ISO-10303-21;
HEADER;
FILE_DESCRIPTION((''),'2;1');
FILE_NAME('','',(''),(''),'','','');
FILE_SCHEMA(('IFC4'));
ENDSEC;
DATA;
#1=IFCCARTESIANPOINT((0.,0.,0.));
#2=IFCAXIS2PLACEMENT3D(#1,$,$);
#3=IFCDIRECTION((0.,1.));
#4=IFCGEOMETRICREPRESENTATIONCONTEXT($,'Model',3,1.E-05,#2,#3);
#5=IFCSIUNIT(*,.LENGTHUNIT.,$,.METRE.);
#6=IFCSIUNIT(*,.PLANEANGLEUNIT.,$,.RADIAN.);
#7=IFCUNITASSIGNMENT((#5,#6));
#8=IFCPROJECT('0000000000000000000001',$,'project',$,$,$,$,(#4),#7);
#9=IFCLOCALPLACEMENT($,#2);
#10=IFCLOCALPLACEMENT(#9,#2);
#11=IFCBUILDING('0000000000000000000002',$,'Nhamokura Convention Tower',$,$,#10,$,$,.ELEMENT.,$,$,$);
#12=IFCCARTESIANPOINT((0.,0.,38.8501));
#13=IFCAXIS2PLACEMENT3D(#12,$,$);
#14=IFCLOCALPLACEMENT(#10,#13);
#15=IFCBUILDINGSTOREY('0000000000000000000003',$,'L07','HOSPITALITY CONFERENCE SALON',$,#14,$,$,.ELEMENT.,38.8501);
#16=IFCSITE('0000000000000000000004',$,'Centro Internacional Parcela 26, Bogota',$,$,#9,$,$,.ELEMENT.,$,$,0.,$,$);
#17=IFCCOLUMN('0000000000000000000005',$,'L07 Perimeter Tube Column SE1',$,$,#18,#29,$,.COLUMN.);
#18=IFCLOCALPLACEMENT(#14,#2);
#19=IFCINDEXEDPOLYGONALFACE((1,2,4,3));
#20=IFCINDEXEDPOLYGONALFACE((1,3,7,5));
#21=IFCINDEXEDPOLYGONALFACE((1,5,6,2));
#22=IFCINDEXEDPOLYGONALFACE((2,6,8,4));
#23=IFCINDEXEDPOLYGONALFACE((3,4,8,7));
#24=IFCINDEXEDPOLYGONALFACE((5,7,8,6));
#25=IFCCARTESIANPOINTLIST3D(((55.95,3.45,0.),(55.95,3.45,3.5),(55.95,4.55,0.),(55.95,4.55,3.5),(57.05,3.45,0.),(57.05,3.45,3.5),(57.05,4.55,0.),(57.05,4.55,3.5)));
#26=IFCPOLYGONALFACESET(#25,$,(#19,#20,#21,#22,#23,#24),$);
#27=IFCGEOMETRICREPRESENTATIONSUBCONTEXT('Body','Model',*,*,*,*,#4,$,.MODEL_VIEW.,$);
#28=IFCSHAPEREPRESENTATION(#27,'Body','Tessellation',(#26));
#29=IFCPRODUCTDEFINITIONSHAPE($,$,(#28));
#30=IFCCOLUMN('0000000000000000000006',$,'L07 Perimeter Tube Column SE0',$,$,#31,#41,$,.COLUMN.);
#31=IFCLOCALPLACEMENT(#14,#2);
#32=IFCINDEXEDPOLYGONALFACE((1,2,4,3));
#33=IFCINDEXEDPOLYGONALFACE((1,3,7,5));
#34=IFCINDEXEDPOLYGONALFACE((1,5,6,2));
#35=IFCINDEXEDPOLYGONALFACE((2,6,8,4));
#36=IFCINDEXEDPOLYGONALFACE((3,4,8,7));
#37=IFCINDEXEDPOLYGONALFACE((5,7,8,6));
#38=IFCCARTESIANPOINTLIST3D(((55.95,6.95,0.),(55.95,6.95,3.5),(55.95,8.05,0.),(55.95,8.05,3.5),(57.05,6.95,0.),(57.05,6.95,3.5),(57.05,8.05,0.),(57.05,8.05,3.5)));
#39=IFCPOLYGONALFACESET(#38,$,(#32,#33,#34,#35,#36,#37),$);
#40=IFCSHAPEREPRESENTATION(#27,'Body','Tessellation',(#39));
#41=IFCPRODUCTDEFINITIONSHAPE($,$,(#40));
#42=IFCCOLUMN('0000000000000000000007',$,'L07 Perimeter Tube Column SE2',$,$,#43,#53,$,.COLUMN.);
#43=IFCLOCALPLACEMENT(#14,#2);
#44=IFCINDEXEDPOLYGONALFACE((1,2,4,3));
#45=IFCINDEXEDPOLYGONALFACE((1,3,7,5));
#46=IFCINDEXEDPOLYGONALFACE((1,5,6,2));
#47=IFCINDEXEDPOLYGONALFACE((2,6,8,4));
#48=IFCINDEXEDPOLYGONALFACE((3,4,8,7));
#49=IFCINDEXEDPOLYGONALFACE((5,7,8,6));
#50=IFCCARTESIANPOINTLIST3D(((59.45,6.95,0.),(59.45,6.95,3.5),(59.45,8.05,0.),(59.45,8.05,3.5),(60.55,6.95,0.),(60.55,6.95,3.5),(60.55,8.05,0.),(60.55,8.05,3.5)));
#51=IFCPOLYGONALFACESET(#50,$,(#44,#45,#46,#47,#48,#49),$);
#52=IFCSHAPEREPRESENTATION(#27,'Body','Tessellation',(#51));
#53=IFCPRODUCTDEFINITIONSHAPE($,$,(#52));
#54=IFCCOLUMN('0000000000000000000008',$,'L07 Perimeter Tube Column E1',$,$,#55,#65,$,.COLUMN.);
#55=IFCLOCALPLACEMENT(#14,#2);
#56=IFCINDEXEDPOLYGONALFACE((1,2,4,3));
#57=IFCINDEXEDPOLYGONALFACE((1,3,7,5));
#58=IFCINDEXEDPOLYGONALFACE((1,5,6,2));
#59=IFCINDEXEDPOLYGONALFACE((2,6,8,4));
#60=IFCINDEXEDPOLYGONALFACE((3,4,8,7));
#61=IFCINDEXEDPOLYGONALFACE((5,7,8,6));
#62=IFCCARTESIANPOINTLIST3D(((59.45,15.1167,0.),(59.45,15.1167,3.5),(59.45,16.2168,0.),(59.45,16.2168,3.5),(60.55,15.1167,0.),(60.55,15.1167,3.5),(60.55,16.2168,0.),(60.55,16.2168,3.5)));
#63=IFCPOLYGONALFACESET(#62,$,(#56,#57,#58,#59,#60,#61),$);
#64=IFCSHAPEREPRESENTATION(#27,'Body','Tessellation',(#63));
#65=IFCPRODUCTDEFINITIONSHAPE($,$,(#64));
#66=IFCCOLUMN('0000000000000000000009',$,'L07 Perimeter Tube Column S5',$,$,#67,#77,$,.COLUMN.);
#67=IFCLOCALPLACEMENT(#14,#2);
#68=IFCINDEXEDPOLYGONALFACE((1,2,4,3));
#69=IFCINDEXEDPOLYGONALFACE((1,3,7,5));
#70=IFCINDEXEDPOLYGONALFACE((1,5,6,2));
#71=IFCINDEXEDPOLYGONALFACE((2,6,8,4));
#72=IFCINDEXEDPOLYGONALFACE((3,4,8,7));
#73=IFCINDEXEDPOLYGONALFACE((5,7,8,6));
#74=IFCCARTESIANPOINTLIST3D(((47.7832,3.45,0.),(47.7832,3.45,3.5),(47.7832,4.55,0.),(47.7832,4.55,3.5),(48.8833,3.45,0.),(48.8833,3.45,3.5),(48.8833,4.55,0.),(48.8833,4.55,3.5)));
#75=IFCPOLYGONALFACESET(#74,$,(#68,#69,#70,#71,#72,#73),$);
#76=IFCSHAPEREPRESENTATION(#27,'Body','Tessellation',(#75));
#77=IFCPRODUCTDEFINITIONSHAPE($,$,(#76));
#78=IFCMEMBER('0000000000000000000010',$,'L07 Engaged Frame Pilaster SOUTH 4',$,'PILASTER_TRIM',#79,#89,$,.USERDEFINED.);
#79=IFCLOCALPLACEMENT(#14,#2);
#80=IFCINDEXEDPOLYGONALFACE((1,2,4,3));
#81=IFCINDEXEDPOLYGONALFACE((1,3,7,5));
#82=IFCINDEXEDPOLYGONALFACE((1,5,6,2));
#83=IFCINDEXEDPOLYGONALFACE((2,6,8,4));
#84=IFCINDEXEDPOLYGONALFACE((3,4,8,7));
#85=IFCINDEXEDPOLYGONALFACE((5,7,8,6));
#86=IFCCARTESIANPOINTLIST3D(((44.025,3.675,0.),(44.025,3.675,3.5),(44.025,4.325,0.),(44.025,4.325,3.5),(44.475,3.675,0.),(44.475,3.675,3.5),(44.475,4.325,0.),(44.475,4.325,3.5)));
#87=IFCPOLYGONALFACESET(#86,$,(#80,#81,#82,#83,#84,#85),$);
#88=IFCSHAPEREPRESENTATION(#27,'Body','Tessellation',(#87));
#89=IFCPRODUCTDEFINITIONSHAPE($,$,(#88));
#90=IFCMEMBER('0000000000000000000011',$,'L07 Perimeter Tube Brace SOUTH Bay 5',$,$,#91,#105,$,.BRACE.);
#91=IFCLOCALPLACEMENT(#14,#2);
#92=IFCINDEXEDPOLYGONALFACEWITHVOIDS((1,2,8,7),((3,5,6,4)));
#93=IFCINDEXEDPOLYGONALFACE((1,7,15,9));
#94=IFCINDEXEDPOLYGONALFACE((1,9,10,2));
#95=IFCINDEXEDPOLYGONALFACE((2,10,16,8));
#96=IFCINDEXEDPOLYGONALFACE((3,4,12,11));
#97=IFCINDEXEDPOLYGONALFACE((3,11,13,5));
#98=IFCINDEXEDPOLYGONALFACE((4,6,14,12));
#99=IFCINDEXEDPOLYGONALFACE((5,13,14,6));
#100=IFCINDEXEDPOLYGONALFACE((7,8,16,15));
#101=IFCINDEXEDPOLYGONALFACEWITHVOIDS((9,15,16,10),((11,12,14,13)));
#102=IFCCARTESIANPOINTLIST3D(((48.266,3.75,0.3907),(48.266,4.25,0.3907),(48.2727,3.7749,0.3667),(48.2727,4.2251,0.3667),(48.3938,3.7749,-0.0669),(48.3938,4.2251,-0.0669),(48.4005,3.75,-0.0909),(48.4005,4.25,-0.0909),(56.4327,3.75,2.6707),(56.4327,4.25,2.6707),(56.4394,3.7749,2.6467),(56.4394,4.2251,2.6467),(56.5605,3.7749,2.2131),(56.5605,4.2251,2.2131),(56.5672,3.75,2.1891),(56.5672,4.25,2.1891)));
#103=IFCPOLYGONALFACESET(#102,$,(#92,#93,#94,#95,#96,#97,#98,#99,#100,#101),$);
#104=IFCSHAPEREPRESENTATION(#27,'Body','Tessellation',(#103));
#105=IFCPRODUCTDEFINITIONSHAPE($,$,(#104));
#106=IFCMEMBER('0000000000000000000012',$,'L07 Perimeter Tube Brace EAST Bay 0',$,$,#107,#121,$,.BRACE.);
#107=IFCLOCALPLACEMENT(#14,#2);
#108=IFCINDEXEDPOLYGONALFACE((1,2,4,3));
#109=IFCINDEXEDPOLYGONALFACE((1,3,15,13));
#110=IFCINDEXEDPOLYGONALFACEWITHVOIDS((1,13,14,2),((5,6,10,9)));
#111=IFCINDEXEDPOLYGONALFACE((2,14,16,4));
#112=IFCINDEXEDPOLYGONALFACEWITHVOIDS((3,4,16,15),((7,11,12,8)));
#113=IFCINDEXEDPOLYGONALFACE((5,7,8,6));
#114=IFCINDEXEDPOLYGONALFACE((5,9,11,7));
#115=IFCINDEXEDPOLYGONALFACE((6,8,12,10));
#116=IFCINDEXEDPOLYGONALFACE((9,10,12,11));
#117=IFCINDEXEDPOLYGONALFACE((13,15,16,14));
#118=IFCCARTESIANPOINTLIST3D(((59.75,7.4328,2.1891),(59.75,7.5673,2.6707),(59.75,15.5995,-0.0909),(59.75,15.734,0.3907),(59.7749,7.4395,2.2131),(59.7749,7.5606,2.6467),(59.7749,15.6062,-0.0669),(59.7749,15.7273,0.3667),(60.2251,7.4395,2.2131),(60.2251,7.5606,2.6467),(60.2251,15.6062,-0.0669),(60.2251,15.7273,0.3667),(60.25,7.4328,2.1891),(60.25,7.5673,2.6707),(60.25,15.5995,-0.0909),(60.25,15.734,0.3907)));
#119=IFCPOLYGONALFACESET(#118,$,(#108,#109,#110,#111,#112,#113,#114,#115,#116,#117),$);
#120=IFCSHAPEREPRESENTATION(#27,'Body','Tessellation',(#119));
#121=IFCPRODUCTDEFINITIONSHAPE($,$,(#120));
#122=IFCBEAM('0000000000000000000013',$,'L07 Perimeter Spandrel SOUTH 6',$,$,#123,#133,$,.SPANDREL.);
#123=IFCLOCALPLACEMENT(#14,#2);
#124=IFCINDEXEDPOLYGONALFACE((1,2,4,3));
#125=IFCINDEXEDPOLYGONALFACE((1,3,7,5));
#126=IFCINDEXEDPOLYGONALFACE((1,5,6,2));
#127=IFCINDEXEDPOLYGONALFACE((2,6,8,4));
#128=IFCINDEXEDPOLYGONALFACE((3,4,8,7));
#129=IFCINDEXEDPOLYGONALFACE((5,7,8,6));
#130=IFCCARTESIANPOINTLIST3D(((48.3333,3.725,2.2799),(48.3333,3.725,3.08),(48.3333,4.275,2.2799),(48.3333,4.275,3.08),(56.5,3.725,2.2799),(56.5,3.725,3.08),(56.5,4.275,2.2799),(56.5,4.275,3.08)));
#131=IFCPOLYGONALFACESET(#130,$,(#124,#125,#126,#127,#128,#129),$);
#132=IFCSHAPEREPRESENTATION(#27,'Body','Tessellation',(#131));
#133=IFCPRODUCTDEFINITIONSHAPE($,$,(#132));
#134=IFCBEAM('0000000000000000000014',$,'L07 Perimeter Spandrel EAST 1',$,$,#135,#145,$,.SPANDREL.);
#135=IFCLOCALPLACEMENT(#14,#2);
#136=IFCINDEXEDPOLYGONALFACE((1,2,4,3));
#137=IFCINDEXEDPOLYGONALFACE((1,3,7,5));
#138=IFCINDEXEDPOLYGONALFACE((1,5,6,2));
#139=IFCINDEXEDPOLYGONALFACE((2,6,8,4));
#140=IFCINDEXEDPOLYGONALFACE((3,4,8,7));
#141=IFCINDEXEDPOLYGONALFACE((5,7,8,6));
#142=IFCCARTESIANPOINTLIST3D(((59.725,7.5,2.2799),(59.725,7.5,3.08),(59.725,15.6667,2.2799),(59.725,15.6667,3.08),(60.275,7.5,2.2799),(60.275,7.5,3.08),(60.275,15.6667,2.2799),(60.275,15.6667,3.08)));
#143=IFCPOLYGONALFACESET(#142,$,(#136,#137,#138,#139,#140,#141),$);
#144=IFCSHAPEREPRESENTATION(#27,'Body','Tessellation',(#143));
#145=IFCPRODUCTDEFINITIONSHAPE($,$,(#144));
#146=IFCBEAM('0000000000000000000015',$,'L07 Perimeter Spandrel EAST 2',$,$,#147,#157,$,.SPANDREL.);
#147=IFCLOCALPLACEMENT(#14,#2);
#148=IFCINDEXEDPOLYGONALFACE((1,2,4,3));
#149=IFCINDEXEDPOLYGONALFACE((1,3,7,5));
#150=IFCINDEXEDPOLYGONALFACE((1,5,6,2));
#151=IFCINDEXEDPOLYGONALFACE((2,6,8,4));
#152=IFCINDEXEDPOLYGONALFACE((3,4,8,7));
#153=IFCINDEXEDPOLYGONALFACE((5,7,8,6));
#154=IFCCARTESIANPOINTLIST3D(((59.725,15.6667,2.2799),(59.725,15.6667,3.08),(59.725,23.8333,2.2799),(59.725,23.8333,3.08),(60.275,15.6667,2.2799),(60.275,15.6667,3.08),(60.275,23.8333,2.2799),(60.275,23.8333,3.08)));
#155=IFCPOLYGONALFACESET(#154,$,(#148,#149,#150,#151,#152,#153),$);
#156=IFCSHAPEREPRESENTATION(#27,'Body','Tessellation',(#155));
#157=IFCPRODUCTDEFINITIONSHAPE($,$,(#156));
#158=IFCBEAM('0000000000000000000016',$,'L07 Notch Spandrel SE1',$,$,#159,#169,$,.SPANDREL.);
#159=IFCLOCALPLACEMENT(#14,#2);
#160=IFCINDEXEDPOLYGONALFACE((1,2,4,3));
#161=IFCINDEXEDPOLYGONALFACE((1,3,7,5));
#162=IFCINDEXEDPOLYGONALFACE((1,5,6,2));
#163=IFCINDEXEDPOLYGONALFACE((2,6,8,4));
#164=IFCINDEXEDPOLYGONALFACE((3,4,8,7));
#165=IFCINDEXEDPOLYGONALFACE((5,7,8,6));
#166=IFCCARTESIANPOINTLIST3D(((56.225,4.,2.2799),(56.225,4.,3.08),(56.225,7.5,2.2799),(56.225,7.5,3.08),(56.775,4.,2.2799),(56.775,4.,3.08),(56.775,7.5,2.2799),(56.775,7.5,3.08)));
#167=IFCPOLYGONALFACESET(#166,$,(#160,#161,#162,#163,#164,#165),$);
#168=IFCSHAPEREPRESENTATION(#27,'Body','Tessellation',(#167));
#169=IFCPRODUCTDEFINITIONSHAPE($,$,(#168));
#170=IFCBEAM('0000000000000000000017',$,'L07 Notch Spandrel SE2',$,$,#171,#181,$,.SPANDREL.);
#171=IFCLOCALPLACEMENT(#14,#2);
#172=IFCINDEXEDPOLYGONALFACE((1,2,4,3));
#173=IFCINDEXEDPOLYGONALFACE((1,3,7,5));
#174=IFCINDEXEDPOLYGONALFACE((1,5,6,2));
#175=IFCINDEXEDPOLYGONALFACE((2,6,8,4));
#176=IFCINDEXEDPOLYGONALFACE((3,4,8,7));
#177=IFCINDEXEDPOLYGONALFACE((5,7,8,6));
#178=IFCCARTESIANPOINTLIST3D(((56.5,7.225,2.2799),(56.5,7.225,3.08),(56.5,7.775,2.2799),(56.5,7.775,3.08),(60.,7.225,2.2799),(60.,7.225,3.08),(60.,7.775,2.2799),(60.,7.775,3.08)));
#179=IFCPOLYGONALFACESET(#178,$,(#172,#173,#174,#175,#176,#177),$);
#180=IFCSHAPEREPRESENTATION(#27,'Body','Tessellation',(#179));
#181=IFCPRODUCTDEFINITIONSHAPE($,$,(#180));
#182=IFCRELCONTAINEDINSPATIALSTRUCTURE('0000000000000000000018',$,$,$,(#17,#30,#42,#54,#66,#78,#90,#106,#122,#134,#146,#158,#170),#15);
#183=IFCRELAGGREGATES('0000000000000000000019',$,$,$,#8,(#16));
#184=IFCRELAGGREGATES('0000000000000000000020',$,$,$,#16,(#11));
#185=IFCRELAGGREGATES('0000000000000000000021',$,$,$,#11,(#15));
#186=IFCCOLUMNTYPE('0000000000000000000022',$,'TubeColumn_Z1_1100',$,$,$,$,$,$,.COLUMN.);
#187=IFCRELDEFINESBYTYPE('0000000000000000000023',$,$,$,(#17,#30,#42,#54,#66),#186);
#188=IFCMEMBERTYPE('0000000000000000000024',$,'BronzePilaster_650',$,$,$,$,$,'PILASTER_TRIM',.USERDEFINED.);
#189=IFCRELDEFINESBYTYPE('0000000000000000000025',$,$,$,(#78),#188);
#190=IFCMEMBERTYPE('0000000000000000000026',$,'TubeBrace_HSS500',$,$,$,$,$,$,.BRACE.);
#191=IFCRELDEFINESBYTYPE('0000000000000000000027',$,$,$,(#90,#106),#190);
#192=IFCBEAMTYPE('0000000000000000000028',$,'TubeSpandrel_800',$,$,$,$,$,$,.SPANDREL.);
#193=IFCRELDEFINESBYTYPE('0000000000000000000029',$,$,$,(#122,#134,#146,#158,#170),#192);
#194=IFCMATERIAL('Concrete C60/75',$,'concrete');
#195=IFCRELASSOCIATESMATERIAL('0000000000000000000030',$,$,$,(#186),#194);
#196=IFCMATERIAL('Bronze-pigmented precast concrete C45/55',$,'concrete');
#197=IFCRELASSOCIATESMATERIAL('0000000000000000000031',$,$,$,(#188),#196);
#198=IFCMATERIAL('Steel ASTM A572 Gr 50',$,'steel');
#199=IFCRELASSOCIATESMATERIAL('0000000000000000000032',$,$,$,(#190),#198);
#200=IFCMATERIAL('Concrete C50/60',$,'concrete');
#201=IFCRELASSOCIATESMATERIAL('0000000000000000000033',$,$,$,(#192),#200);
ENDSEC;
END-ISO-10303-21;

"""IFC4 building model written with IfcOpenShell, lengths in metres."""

from ifc_helpers import new_model, si_unit, direction, frame, origin, origin_2d, place, context, subcontext, project, spatial, rectangle, hollow_rectangle, extrude, material, material_profile, profile_set, type_object, element, save


model = new_model("IFC4")

# Units and contexts
model_context = context("Model", 3, precision=1e-05, world=origin(), true_north=direction((0.0, 1.0)))
body_context = subcontext(model_context, "Body", "Model", "MODEL_VIEW")
ifc_project = project(units=[si_unit("LENGTHUNIT", "METRE"), si_unit("PLANEANGLEUNIT", "RADIAN")], contexts=[model_context])

# Site, building, storey
site_placement = place(None, origin())
site = spatial("IfcSite", under=ifc_project, at=site_placement, Name="Centro Internacional Parcela 26, Bogota", CompositionType="ELEMENT", RefElevation=0.0)
building_placement = place(site_placement, origin())
building = spatial("IfcBuilding", under=site, at=building_placement, Name="Nhamokura Convention Tower", CompositionType="ELEMENT")
storey_placement = place(building_placement, frame((0.0, 0.0, 38.8501)))
storey = spatial("IfcBuildingStorey", under=building, at=storey_placement, Name="L07", Description="HOSPITALITY CONFERENCE SALON", CompositionType="ELEMENT", Elevation=38.8501)

# Columns
ifc_material_1 = material(Name="Concrete C60/75", Category="concrete")
ifc_material_profile_1 = material_profile(ifc_material_1, rectangle(XDim=1.1001, YDim=1.1001, at=origin_2d()))
ifc_profile_set_1 = profile_set([ifc_material_profile_1], Name="Concrete C60/75")
column_type = type_object("IfcColumnType", Name="TubeColumn_Z1_1100", PredefinedType="COLUMN", material=ifc_profile_set_1)
for number, where, z_axis, x_axis, name in (
    (1, (56.5, 4.0, 0.0), (0.0, 0.0, 1.0), (1.0, 0.0, 0.0), "L07 Perimeter Tube Column SE1"),
    (2, (56.5, 7.5, 0.0), (0.0, 0.0, 1.0), (1.0, 0.0, 0.0), "L07 Perimeter Tube Column SE0"),
    (3, (60.0, 7.5, 0.0), (0.0, 0.0, 1.0), (1.0, 0.0, 0.0), "L07 Perimeter Tube Column SE2"),
    (4, (60.0, 15.6667, 0.0), (0.0, 0.0, 1.0), (1.0, 0.0, 0.0), "L07 Perimeter Tube Column E1"),
    (5, (48.3333, 4.0, 0.0), (0.0, 0.0, 1.0), (1.0, 0.0, 0.0), "L07 Perimeter Tube Column S5"),
):
    element("IfcColumn", number, at=place(storey_placement, frame(where, z_axis=z_axis, x_axis=x_axis)), inside=storey, type_object=column_type, Name=name, PredefinedType="COLUMN", context=body_context, shape_type="SweptSolid", body=[
        extrude(rectangle(XDim=1.1001, YDim=1.1001, at=origin_2d()), origin(), (0.0, 0.0, 1.0), 3.5),
    ])

# Members
ifc_material_2 = material(Name="Bronze-pigmented precast concrete C45/55", Category="concrete")
ifc_material_profile_2 = material_profile(ifc_material_2, rectangle(XDim=0.45, YDim=0.6499, at=origin_2d()))
ifc_profile_set_2 = profile_set([ifc_material_profile_2], Name="Bronze-pigmented precast concrete C45/55")
member_type_1 = type_object("IfcMemberType", Name="BronzePilaster_650", ElementType="PILASTER_TRIM", PredefinedType="USERDEFINED", material=ifc_profile_set_2)
member_placement = place(storey_placement, frame((44.25, 4.0, 0.0), z_axis=(0.0, 0.0, 1.0), x_axis=(1.0, 0.0, 0.0)))
element("IfcMember", 6, at=member_placement, inside=storey, type_object=member_type_1, Name="L07 Engaged Frame Pilaster SOUTH 4", ObjectType="PILASTER_TRIM", PredefinedType="USERDEFINED", context=body_context, shape_type="SweptSolid", body=[
    extrude(rectangle(XDim=0.45, YDim=0.6499, at=origin_2d()), origin(), (0.0, 0.0, 1.0), 3.5),
])
ifc_material_3 = material(Name="Steel ASTM A572 Gr 50", Category="steel")
ifc_material_profile_3 = material_profile(ifc_material_3, hollow_rectangle(XDim=0.5, YDim=0.5, WallThickness=0.0249, at=origin_2d()))
ifc_profile_set_3 = profile_set([ifc_material_profile_3], Name="Steel ASTM A572 Gr 50")
member_type_2 = type_object("IfcMemberType", Name="TubeBrace_HSS500", PredefinedType="BRACE", material=ifc_profile_set_3)
for number, where, z_axis, x_axis, name in (
    (7, (48.3333, 4.0, 0.1499), (0.963168, 0.0, 0.268901), (0.0, 1.0, 0.0), "L07 Perimeter Tube Brace SOUTH Bay 5"),
    (8, (60.0, 15.6667, 0.1499), (0.0, -0.963168, 0.268901), (1.0, 0.0, 0.0), "L07 Perimeter Tube Brace EAST Bay 0"),
):
    element("IfcMember", number, at=place(storey_placement, frame(where, z_axis=z_axis, x_axis=x_axis)), inside=storey, type_object=member_type_2, Name=name, PredefinedType="BRACE", context=body_context, shape_type="SweptSolid", body=[
        extrude(hollow_rectangle(XDim=0.5, YDim=0.5, WallThickness=0.0249, at=origin_2d()), origin(), (0.0, 0.0, 1.0), 8.479),
    ])

# Beams
ifc_material_4 = material(Name="Concrete C50/60", Category="concrete")
ifc_material_profile_4 = material_profile(ifc_material_4, rectangle(XDim=0.55, YDim=0.8, at=origin_2d()))
ifc_profile_set_4 = profile_set([ifc_material_profile_4], Name="Concrete C50/60")
beam_type = type_object("IfcBeamType", Name="TubeSpandrel_800", PredefinedType="SPANDREL", material=ifc_profile_set_4)
for number, where, z_axis, x_axis, name in (
    (9, (48.3333, 4.0, 2.6799), (1.0, 0.0, 0.0), (0.0, 1.0, 0.0), "L07 Perimeter Spandrel SOUTH 6"),
    (10, (60.0, 7.5, 2.6799), (0.0, 1.0, 0.0), (-1.0, 0.0, 0.0), "L07 Perimeter Spandrel EAST 1"),
):
    element("IfcBeam", number, at=place(storey_placement, frame(where, z_axis=z_axis, x_axis=x_axis)), inside=storey, type_object=beam_type, Name=name, PredefinedType="SPANDREL", context=body_context, shape_type="SweptSolid", body=[
        extrude(rectangle(XDim=0.55, YDim=0.8, at=origin_2d()), origin(), (0.0, 0.0, 1.0), 8.1667),
    ])
beam_placement = place(storey_placement, frame((60.0, 15.6667, 2.6799), z_axis=(0.0, 1.0, 0.0), x_axis=(-1.0, 0.0, 0.0)))
element("IfcBeam", 11, at=beam_placement, inside=storey, type_object=beam_type, Name="L07 Perimeter Spandrel EAST 2", PredefinedType="SPANDREL", context=body_context, shape_type="SweptSolid", body=[
    extrude(rectangle(XDim=0.55, YDim=0.8, at=origin_2d()), origin(), (0.0, 0.0, 1.0), 8.1665),
])
for number, where, z_axis, x_axis, name in (
    (12, (56.5, 4.0, 2.6799), (0.0, 1.0, 0.0), (-1.0, 0.0, 0.0), "L07 Notch Spandrel SE1"),
    (13, (56.5, 7.5, 2.6799), (1.0, 0.0, 0.0), (0.0, 1.0, 0.0), "L07 Notch Spandrel SE2"),
):
    element("IfcBeam", number, at=place(storey_placement, frame(where, z_axis=z_axis, x_axis=x_axis)), inside=storey, type_object=beam_type, Name=name, PredefinedType="SPANDREL", context=body_context, shape_type="SweptSolid", body=[
        extrude(rectangle(XDim=0.55, YDim=0.8, at=origin_2d()), origin(), (0.0, 0.0, 1.0), 3.5),
    ])

save(model, "model.ifc")
